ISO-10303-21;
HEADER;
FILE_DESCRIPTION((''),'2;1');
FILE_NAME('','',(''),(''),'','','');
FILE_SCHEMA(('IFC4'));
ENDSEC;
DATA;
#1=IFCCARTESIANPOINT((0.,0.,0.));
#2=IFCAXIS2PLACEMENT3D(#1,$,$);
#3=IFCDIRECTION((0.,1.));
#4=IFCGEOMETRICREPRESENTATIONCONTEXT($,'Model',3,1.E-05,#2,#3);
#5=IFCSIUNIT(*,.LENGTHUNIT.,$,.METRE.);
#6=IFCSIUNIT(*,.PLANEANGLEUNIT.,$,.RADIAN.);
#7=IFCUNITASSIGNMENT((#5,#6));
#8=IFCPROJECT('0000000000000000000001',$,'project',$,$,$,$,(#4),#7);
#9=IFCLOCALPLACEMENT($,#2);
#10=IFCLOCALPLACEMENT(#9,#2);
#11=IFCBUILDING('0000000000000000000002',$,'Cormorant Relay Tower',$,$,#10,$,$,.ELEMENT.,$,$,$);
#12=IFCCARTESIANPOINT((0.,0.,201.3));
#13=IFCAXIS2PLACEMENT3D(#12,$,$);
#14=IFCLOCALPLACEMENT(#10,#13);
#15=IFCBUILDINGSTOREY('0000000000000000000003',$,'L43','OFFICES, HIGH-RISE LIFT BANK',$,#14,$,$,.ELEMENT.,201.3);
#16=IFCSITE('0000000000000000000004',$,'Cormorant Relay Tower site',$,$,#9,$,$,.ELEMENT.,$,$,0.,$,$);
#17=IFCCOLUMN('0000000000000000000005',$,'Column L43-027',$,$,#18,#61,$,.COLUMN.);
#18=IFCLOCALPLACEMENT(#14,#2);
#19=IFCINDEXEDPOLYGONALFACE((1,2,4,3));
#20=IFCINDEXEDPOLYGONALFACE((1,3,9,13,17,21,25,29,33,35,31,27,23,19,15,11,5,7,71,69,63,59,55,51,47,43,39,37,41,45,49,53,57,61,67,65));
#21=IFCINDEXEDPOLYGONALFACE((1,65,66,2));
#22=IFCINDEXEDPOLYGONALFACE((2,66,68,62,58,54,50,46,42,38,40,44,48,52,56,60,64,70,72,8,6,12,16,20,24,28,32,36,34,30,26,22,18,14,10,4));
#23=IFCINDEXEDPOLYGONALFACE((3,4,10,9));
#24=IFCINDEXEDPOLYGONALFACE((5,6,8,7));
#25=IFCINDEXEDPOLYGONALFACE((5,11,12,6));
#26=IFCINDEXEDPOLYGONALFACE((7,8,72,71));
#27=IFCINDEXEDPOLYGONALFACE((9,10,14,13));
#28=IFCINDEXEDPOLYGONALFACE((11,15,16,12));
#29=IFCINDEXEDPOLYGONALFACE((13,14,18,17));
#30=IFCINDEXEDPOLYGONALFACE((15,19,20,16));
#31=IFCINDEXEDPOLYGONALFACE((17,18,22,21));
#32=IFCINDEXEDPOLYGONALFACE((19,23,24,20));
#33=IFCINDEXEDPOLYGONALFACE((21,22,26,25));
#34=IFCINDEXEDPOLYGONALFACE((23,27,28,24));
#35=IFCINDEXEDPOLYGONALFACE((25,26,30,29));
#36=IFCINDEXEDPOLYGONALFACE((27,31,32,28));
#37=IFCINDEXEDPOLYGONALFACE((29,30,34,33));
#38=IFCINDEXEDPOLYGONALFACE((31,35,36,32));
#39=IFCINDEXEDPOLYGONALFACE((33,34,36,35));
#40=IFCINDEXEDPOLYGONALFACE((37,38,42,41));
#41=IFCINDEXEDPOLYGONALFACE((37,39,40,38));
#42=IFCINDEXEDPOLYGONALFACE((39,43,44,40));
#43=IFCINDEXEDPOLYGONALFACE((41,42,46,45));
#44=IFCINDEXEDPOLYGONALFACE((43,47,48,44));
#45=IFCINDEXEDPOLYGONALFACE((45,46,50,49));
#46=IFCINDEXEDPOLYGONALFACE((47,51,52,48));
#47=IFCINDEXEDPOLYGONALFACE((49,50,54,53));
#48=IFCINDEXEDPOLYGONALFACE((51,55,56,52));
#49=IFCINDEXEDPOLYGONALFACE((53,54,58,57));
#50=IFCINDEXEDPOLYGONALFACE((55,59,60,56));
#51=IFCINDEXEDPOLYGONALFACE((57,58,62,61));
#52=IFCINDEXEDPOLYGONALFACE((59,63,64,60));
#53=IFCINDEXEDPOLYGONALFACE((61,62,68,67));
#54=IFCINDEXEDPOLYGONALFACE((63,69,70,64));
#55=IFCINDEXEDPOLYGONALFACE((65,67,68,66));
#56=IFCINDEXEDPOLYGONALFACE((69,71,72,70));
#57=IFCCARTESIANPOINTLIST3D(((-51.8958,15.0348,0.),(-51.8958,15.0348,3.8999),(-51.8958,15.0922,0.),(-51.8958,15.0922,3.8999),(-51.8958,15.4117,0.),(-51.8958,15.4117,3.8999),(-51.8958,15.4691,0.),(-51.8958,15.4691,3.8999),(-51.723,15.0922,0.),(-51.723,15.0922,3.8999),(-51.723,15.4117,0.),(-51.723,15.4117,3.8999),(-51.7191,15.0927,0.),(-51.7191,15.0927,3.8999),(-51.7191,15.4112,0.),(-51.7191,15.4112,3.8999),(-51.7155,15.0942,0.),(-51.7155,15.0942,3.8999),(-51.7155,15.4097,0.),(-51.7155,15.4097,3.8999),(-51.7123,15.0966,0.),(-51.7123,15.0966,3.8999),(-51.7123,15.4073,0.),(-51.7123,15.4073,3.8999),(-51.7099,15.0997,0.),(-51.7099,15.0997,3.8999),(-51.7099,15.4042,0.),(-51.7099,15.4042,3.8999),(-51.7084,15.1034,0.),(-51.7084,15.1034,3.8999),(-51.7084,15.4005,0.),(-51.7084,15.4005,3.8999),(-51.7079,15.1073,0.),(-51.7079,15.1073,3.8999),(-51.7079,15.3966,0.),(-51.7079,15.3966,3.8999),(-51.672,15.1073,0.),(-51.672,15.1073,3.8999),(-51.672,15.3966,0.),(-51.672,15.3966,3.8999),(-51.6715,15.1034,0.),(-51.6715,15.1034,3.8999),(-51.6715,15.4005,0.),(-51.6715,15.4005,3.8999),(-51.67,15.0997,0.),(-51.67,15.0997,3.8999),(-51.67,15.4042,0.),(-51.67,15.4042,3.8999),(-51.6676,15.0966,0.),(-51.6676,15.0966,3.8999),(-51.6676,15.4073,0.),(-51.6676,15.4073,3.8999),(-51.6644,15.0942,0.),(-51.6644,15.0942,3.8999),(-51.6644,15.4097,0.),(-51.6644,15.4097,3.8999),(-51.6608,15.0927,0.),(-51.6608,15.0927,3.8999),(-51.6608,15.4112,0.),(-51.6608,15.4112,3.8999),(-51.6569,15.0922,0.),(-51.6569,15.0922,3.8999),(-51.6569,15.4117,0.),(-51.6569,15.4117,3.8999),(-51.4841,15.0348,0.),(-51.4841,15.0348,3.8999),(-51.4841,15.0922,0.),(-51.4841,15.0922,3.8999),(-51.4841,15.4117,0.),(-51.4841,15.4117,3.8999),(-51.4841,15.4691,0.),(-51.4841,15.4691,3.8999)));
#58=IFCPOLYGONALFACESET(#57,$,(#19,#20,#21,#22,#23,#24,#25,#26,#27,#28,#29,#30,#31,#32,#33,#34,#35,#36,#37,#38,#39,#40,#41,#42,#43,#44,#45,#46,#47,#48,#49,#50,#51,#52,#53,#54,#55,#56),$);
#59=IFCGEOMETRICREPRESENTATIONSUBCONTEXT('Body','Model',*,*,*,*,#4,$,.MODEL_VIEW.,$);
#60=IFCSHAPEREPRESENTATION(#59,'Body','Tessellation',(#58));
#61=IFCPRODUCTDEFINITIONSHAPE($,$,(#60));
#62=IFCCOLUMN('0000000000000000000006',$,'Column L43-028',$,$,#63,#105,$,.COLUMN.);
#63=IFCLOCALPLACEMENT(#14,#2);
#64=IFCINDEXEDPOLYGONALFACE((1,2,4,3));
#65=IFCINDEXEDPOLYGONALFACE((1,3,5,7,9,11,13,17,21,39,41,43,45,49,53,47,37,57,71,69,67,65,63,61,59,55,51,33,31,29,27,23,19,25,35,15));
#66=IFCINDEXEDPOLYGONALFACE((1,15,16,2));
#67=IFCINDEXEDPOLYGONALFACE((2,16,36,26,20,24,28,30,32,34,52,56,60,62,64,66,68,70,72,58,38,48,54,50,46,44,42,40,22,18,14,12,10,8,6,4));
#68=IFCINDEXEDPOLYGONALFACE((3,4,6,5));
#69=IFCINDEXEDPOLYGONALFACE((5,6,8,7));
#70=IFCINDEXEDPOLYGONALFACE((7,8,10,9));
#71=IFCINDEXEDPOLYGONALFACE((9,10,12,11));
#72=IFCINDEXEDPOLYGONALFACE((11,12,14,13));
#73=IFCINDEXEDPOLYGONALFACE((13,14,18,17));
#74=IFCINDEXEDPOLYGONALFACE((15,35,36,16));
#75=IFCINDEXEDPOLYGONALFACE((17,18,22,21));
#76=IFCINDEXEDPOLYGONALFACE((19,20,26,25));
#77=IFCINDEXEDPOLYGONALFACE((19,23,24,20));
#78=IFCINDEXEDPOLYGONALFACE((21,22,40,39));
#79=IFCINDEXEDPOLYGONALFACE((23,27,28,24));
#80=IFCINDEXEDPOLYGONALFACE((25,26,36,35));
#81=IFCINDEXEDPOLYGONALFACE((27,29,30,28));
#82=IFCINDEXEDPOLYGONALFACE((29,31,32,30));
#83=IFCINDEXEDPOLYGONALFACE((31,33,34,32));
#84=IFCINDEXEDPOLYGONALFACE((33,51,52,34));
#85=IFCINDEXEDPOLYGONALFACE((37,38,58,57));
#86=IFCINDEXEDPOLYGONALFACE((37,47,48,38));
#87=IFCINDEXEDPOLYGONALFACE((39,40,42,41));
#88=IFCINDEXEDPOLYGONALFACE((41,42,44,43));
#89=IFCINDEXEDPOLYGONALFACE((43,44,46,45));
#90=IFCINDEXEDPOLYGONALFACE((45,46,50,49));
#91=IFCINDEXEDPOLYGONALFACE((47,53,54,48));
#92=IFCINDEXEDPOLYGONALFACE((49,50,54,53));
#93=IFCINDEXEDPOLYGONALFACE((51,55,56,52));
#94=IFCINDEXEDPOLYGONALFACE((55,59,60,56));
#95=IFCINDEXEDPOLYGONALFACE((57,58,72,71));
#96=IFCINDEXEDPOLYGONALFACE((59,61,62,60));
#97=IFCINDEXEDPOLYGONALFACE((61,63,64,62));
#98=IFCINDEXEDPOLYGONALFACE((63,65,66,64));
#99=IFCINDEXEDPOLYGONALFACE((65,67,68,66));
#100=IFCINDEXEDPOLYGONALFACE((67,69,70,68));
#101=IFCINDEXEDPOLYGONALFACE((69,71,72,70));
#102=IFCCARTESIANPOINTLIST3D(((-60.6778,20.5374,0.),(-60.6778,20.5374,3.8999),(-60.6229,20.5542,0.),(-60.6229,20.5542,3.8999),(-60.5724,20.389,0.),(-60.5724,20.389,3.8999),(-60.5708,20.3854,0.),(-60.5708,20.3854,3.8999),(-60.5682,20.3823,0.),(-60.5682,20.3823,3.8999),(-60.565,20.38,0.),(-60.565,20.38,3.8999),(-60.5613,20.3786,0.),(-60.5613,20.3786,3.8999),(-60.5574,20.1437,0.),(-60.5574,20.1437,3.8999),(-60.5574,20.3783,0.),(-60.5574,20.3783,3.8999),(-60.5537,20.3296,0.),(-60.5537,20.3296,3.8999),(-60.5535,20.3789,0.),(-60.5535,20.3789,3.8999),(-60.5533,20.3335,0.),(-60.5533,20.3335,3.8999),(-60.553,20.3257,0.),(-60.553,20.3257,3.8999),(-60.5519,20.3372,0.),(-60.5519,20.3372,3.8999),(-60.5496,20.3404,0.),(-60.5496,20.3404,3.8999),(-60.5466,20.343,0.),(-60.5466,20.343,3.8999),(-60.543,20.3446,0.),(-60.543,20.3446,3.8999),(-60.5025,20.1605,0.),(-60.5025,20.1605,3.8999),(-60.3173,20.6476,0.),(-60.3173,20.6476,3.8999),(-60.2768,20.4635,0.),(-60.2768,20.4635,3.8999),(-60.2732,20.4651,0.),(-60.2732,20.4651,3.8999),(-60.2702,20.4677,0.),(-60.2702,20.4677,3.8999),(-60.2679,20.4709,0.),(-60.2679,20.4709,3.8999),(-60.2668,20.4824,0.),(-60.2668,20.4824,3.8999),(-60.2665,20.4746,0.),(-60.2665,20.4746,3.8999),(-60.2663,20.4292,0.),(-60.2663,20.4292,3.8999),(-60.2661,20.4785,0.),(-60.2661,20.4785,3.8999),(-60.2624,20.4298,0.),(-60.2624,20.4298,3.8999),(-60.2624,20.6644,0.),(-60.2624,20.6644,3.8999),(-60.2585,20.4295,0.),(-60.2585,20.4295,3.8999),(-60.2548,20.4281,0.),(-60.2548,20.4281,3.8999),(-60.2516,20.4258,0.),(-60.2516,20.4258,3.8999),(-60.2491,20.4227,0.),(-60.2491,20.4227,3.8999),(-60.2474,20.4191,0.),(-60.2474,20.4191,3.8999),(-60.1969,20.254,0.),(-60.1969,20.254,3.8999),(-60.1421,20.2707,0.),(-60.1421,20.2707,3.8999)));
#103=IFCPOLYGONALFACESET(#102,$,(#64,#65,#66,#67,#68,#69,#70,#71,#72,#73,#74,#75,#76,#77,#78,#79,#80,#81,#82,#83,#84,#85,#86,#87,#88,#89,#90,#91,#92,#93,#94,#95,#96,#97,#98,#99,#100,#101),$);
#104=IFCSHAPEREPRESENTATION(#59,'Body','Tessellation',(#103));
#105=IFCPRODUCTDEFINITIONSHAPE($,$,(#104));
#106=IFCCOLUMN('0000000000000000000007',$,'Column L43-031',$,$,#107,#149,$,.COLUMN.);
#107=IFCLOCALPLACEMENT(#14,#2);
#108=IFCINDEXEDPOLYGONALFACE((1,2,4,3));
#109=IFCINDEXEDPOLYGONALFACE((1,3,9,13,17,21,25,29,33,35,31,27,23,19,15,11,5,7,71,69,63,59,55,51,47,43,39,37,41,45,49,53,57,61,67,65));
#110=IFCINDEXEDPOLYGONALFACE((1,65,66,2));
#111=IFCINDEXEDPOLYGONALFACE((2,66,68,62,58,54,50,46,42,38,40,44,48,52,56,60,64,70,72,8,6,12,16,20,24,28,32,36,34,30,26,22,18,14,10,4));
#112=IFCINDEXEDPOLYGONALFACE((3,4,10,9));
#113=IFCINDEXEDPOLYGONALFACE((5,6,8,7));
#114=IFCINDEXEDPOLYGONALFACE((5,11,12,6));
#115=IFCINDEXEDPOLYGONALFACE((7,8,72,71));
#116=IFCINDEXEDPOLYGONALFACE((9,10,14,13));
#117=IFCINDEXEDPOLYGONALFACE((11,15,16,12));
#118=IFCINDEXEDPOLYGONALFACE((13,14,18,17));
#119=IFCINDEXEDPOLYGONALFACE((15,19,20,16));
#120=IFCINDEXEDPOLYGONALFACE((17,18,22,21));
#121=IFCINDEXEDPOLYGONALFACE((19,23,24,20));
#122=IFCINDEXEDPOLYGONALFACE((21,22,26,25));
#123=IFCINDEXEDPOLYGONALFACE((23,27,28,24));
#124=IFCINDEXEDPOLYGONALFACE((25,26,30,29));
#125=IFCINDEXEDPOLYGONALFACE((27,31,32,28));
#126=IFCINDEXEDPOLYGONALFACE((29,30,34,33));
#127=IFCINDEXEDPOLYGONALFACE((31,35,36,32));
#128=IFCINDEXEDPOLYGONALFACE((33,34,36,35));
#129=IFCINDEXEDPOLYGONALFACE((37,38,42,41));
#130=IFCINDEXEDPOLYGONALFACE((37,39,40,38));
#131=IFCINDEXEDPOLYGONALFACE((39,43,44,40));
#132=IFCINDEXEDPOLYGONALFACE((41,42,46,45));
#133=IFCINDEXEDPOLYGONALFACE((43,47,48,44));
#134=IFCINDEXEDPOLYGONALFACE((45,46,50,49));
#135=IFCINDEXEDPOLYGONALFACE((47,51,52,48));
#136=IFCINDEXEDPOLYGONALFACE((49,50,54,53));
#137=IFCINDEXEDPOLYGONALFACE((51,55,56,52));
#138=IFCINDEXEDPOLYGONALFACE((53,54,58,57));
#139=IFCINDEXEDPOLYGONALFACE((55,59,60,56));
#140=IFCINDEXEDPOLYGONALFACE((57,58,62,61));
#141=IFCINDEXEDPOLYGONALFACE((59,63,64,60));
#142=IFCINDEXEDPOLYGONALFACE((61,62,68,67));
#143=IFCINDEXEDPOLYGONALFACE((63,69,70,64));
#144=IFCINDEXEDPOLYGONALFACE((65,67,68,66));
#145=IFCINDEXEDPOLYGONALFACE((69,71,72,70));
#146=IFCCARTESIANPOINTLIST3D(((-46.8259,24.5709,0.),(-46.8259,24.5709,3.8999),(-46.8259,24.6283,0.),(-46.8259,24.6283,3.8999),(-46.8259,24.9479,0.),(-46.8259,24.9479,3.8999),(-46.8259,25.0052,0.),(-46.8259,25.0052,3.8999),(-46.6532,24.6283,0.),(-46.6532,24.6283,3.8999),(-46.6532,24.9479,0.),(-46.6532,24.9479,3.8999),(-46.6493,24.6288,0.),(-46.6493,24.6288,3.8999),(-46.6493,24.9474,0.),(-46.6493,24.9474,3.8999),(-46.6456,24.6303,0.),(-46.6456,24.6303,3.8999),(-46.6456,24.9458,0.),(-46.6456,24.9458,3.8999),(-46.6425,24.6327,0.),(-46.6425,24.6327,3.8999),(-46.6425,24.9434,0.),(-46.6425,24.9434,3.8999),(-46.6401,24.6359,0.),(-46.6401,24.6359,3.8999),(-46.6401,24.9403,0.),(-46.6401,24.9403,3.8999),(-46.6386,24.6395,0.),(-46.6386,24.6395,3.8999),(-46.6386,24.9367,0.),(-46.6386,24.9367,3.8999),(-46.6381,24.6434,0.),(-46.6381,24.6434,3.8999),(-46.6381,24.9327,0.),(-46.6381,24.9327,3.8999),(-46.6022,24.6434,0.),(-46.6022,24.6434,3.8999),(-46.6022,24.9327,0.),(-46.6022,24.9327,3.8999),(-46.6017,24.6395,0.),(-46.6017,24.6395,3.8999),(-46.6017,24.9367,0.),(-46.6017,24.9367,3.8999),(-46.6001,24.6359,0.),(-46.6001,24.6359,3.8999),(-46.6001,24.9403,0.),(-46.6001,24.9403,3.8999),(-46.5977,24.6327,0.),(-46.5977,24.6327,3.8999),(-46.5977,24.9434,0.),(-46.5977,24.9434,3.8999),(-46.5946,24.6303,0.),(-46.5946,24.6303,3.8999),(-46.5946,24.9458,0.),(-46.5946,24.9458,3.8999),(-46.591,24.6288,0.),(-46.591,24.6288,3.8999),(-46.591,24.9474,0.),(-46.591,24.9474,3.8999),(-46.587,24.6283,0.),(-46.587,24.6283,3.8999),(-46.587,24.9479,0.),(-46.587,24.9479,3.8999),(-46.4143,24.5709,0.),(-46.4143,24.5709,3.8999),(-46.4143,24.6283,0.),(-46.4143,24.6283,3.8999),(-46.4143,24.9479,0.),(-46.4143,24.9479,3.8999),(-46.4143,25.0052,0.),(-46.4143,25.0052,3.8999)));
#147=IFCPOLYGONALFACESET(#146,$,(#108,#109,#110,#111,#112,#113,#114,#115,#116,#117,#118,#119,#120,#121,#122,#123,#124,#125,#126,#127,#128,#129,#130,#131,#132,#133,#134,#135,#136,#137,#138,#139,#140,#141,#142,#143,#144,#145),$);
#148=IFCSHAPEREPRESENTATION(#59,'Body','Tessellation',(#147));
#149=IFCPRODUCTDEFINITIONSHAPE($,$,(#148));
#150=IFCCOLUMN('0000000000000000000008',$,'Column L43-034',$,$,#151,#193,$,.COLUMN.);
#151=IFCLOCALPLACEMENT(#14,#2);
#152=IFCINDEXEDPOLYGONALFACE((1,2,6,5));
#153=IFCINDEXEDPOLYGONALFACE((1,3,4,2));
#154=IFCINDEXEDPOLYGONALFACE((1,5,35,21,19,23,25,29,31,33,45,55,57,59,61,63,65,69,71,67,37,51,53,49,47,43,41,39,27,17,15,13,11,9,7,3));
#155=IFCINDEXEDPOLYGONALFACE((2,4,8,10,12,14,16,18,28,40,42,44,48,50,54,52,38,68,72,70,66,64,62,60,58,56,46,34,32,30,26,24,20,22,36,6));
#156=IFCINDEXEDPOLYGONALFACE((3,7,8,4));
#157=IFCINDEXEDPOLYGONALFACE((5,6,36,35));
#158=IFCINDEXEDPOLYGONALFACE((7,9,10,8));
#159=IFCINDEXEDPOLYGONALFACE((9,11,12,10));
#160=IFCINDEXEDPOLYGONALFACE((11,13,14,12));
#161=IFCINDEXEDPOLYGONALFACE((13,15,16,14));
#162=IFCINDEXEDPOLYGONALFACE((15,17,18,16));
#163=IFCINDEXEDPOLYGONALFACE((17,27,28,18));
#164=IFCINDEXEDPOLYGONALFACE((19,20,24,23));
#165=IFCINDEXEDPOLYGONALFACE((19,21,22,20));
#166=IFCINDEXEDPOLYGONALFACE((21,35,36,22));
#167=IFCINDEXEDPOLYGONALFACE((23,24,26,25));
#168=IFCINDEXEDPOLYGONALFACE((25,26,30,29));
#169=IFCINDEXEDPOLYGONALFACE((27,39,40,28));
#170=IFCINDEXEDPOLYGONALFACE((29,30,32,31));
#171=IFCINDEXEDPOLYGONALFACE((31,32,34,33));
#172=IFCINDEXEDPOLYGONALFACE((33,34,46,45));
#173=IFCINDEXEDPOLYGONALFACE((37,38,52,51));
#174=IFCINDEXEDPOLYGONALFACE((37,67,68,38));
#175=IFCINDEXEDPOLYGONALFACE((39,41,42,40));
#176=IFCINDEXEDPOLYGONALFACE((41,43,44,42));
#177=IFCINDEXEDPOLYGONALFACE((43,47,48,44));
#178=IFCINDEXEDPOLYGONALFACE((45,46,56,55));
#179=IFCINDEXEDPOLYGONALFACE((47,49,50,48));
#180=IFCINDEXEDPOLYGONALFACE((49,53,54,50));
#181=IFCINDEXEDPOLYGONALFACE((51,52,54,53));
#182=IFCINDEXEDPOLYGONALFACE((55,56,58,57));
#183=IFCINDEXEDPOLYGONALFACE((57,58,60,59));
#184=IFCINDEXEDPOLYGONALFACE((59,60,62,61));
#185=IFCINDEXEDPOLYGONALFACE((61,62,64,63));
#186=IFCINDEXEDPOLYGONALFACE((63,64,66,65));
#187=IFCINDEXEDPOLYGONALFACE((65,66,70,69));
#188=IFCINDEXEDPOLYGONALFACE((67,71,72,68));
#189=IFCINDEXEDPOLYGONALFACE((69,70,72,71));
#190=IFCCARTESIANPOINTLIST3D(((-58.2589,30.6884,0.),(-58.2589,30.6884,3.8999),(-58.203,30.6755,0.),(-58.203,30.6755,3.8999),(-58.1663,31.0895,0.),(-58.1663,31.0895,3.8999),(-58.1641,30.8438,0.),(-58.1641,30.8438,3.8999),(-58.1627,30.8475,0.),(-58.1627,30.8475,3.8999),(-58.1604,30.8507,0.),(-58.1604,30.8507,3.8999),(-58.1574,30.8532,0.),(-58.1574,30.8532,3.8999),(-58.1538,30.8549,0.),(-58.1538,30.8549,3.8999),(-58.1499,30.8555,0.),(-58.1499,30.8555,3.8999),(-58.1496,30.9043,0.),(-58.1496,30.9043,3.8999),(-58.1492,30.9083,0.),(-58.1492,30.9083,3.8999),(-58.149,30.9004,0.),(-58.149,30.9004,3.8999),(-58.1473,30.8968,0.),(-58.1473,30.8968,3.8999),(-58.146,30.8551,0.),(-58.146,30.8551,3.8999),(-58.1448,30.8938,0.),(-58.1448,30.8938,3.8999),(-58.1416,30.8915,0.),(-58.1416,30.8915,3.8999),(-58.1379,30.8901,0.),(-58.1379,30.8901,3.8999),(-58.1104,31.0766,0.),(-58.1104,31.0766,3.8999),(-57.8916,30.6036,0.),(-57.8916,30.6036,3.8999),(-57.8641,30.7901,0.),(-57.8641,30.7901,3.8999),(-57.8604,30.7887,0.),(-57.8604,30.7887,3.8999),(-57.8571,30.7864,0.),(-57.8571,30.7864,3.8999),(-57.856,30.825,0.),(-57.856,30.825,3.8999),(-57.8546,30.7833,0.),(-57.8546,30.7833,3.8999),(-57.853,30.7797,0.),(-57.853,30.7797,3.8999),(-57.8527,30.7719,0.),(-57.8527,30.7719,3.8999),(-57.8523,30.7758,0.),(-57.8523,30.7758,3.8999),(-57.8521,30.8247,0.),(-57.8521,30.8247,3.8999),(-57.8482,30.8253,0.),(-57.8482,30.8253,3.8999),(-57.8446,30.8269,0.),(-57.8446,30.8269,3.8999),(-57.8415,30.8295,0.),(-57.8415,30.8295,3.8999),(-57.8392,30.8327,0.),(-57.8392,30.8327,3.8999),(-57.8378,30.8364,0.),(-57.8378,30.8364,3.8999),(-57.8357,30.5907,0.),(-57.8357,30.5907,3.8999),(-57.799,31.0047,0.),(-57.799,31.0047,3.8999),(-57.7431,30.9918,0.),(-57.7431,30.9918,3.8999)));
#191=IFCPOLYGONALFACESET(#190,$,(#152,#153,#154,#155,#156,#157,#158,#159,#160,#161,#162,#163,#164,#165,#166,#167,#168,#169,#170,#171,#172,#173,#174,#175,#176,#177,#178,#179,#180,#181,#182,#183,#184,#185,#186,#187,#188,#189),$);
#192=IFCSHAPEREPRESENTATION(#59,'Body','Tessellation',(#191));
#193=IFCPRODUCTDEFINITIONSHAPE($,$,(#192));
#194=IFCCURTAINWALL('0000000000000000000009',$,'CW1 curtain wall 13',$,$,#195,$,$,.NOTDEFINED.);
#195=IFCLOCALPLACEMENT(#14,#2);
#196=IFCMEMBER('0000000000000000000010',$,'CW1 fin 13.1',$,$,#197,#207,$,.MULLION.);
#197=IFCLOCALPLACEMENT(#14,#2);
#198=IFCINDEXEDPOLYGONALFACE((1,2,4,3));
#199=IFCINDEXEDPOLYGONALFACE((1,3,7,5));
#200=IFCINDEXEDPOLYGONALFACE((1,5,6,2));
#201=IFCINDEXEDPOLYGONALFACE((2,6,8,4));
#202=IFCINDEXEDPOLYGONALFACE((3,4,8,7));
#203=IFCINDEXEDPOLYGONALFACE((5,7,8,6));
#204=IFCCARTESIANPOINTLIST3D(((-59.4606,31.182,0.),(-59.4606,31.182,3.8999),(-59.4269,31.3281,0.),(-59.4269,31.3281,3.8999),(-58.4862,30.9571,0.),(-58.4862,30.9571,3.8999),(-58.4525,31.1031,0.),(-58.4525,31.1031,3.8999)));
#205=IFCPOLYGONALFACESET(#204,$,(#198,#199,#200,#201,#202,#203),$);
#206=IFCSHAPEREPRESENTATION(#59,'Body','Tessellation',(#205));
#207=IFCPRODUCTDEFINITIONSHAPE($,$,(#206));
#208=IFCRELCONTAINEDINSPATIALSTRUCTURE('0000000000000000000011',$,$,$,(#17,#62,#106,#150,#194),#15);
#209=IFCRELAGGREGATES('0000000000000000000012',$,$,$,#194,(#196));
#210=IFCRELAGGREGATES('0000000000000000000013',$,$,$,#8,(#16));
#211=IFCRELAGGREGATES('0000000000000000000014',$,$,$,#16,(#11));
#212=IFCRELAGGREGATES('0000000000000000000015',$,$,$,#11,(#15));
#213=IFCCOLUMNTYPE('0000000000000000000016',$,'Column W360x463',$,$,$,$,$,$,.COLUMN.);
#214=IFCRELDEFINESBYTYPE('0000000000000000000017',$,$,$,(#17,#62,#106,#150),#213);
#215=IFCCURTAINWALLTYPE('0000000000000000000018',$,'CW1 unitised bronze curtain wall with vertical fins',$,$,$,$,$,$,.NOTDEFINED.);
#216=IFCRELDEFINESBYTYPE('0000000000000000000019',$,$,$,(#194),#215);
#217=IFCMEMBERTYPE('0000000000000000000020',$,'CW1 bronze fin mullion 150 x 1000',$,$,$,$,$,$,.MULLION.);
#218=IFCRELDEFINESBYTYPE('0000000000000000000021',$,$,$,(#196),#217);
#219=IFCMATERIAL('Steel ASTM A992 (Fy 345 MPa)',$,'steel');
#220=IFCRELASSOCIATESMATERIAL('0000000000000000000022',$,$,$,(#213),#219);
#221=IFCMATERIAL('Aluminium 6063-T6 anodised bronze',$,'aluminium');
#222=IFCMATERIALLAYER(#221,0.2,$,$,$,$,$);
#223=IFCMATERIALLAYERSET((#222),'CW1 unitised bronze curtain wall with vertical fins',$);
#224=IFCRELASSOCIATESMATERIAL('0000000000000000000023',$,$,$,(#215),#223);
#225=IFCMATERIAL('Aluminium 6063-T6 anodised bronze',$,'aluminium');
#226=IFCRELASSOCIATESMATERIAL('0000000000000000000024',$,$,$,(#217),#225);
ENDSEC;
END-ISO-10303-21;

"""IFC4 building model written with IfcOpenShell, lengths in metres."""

from ifc_helpers import new_model, si_unit, direction, frame, origin, origin_2d, place, context, subcontext, project, spatial, rectangle, i_section, extrude, material, layer, layer_set, material_profile, profile_set, type_object, element, aggregate, save


model = new_model("IFC4")

# Units and contexts
model_context = context("Model", 3, precision=1e-05, world=origin(), true_north=direction((0.0, 1.0)))
body_context = subcontext(model_context, "Body", "Model", "MODEL_VIEW")
ifc_project = project(units=[si_unit("LENGTHUNIT", "METRE"), si_unit("PLANEANGLEUNIT", "RADIAN")], contexts=[model_context])

# Site, building, storey
site_placement = place(None, origin())
site = spatial("IfcSite", under=ifc_project, at=site_placement, Name="Cormorant Relay Tower site", CompositionType="ELEMENT", RefElevation=0.0)
building_placement = place(site_placement, origin())
building = spatial("IfcBuilding", under=site, at=building_placement, Name="Cormorant Relay Tower", CompositionType="ELEMENT")
storey_placement = place(building_placement, frame((0.0, 0.0, 201.3)))
storey = spatial("IfcBuildingStorey", under=building, at=storey_placement, Name="L43", Description="OFFICES, HIGH-RISE LIFT BANK", CompositionType="ELEMENT", Elevation=201.3)

# Columns
ifc_material_1 = material(Name="Steel ASTM A992 (Fy 345 MPa)", Category="steel")
ifc_material_profile_1 = material_profile(ifc_material_1, i_section(OverallWidth=0.4116, OverallDepth=0.4343, WebThickness=0.0359, FlangeThickness=0.0574, FilletRadius=0.0151, at=origin_2d()), Name="W360x463")
ifc_profile_set_1 = profile_set([ifc_material_profile_1], Name="Steel ASTM A992 (Fy 345 MPa)")
column_type = type_object("IfcColumnType", Name="Column W360x463", PredefinedType="COLUMN", material=ifc_profile_set_1)
for number, where, z_axis, x_axis, name in (
    (1, (-51.6899, 15.252, 0.0), (0.0, 0.0, 1.0), (1.0, 0.0, 0.0), "Column L43-027"),
    (2, (-60.4099, 20.4041, 0.0), (0.0, 0.0, 1.0), (0.292372, -0.956305, 0.0), "Column L43-028"),
    (3, (-46.6201, 24.7881, 0.0), (0.0, 0.0, 1.0), (1.0, 0.0, 0.0), "Column L43-031"),
    (4, (-58.001, 30.8401, 0.0), (0.0, 0.0, 1.0), (-0.224951, -0.97437, 0.0), "Column L43-034"),
):
    element("IfcColumn", number, at=place(storey_placement, frame(where, z_axis=z_axis, x_axis=x_axis)), inside=storey, type_object=column_type, Name=name, PredefinedType="COLUMN", context=body_context, shape_type="SweptSolid", body=[
        extrude(i_section(OverallWidth=0.4116, OverallDepth=0.4343, WebThickness=0.0359, FlangeThickness=0.0574, FilletRadius=0.0151, at=origin_2d()), origin(), (0.0, 0.0, 1.0), 3.8999),
    ])

# Curtain wall, member
ifc_material_2 = material(Name="Aluminium 6063-T6 anodised bronze", Category="aluminium")
ifc_layer_1 = layer(ifc_material_2, 0.2)
ifc_layer_set_1 = layer_set([ifc_layer_1], Name="CW1 unitised bronze curtain wall with vertical fins")
curtain_wall_type = type_object("IfcCurtainWallType", Name="CW1 unitised bronze curtain wall with vertical fins", PredefinedType="NOTDEFINED", material=ifc_layer_set_1)
curtain_wall_1_placement = place(storey_placement, origin())
curtain_wall_1 = element("IfcCurtainWall", 5, at=curtain_wall_1_placement, inside=storey, type_object=curtain_wall_type, Name="CW1 curtain wall 13", PredefinedType="NOTDEFINED")
ifc_material_3 = material(Name="Aluminium 6063-T6 anodised bronze", Category="aluminium")
ifc_material_profile_2 = material_profile(ifc_material_3, rectangle(XDim=0.1499, YDim=1.0, at=origin_2d()), Name="AL 150x1000")
ifc_profile_set_2 = profile_set([ifc_material_profile_2], Name="Aluminium 6063-T6 anodised bronze")
member_type_1 = type_object("IfcMemberType", Name="CW1 bronze fin mullion 150 x 1000", PredefinedType="MULLION", material=ifc_profile_set_2)
member_1_placement = place(storey_placement, frame((-58.9565, 31.1426, 0.0), z_axis=(0.0, 0.0, 1.0), x_axis=(-0.224951, -0.97437, 0.0)))
member_1 = element("IfcMember", 6, at=member_1_placement, type_object=member_type_1, Name="CW1 fin 13.1", PredefinedType="MULLION", context=body_context, shape_type="SweptSolid", body=[
    extrude(rectangle(XDim=0.1499, YDim=1.0, at=origin_2d()), origin(), (0.0, 0.0, 1.0), 3.8999),
])

aggregate(curtain_wall_1, [member_1])

save(model, "model.ifc")
